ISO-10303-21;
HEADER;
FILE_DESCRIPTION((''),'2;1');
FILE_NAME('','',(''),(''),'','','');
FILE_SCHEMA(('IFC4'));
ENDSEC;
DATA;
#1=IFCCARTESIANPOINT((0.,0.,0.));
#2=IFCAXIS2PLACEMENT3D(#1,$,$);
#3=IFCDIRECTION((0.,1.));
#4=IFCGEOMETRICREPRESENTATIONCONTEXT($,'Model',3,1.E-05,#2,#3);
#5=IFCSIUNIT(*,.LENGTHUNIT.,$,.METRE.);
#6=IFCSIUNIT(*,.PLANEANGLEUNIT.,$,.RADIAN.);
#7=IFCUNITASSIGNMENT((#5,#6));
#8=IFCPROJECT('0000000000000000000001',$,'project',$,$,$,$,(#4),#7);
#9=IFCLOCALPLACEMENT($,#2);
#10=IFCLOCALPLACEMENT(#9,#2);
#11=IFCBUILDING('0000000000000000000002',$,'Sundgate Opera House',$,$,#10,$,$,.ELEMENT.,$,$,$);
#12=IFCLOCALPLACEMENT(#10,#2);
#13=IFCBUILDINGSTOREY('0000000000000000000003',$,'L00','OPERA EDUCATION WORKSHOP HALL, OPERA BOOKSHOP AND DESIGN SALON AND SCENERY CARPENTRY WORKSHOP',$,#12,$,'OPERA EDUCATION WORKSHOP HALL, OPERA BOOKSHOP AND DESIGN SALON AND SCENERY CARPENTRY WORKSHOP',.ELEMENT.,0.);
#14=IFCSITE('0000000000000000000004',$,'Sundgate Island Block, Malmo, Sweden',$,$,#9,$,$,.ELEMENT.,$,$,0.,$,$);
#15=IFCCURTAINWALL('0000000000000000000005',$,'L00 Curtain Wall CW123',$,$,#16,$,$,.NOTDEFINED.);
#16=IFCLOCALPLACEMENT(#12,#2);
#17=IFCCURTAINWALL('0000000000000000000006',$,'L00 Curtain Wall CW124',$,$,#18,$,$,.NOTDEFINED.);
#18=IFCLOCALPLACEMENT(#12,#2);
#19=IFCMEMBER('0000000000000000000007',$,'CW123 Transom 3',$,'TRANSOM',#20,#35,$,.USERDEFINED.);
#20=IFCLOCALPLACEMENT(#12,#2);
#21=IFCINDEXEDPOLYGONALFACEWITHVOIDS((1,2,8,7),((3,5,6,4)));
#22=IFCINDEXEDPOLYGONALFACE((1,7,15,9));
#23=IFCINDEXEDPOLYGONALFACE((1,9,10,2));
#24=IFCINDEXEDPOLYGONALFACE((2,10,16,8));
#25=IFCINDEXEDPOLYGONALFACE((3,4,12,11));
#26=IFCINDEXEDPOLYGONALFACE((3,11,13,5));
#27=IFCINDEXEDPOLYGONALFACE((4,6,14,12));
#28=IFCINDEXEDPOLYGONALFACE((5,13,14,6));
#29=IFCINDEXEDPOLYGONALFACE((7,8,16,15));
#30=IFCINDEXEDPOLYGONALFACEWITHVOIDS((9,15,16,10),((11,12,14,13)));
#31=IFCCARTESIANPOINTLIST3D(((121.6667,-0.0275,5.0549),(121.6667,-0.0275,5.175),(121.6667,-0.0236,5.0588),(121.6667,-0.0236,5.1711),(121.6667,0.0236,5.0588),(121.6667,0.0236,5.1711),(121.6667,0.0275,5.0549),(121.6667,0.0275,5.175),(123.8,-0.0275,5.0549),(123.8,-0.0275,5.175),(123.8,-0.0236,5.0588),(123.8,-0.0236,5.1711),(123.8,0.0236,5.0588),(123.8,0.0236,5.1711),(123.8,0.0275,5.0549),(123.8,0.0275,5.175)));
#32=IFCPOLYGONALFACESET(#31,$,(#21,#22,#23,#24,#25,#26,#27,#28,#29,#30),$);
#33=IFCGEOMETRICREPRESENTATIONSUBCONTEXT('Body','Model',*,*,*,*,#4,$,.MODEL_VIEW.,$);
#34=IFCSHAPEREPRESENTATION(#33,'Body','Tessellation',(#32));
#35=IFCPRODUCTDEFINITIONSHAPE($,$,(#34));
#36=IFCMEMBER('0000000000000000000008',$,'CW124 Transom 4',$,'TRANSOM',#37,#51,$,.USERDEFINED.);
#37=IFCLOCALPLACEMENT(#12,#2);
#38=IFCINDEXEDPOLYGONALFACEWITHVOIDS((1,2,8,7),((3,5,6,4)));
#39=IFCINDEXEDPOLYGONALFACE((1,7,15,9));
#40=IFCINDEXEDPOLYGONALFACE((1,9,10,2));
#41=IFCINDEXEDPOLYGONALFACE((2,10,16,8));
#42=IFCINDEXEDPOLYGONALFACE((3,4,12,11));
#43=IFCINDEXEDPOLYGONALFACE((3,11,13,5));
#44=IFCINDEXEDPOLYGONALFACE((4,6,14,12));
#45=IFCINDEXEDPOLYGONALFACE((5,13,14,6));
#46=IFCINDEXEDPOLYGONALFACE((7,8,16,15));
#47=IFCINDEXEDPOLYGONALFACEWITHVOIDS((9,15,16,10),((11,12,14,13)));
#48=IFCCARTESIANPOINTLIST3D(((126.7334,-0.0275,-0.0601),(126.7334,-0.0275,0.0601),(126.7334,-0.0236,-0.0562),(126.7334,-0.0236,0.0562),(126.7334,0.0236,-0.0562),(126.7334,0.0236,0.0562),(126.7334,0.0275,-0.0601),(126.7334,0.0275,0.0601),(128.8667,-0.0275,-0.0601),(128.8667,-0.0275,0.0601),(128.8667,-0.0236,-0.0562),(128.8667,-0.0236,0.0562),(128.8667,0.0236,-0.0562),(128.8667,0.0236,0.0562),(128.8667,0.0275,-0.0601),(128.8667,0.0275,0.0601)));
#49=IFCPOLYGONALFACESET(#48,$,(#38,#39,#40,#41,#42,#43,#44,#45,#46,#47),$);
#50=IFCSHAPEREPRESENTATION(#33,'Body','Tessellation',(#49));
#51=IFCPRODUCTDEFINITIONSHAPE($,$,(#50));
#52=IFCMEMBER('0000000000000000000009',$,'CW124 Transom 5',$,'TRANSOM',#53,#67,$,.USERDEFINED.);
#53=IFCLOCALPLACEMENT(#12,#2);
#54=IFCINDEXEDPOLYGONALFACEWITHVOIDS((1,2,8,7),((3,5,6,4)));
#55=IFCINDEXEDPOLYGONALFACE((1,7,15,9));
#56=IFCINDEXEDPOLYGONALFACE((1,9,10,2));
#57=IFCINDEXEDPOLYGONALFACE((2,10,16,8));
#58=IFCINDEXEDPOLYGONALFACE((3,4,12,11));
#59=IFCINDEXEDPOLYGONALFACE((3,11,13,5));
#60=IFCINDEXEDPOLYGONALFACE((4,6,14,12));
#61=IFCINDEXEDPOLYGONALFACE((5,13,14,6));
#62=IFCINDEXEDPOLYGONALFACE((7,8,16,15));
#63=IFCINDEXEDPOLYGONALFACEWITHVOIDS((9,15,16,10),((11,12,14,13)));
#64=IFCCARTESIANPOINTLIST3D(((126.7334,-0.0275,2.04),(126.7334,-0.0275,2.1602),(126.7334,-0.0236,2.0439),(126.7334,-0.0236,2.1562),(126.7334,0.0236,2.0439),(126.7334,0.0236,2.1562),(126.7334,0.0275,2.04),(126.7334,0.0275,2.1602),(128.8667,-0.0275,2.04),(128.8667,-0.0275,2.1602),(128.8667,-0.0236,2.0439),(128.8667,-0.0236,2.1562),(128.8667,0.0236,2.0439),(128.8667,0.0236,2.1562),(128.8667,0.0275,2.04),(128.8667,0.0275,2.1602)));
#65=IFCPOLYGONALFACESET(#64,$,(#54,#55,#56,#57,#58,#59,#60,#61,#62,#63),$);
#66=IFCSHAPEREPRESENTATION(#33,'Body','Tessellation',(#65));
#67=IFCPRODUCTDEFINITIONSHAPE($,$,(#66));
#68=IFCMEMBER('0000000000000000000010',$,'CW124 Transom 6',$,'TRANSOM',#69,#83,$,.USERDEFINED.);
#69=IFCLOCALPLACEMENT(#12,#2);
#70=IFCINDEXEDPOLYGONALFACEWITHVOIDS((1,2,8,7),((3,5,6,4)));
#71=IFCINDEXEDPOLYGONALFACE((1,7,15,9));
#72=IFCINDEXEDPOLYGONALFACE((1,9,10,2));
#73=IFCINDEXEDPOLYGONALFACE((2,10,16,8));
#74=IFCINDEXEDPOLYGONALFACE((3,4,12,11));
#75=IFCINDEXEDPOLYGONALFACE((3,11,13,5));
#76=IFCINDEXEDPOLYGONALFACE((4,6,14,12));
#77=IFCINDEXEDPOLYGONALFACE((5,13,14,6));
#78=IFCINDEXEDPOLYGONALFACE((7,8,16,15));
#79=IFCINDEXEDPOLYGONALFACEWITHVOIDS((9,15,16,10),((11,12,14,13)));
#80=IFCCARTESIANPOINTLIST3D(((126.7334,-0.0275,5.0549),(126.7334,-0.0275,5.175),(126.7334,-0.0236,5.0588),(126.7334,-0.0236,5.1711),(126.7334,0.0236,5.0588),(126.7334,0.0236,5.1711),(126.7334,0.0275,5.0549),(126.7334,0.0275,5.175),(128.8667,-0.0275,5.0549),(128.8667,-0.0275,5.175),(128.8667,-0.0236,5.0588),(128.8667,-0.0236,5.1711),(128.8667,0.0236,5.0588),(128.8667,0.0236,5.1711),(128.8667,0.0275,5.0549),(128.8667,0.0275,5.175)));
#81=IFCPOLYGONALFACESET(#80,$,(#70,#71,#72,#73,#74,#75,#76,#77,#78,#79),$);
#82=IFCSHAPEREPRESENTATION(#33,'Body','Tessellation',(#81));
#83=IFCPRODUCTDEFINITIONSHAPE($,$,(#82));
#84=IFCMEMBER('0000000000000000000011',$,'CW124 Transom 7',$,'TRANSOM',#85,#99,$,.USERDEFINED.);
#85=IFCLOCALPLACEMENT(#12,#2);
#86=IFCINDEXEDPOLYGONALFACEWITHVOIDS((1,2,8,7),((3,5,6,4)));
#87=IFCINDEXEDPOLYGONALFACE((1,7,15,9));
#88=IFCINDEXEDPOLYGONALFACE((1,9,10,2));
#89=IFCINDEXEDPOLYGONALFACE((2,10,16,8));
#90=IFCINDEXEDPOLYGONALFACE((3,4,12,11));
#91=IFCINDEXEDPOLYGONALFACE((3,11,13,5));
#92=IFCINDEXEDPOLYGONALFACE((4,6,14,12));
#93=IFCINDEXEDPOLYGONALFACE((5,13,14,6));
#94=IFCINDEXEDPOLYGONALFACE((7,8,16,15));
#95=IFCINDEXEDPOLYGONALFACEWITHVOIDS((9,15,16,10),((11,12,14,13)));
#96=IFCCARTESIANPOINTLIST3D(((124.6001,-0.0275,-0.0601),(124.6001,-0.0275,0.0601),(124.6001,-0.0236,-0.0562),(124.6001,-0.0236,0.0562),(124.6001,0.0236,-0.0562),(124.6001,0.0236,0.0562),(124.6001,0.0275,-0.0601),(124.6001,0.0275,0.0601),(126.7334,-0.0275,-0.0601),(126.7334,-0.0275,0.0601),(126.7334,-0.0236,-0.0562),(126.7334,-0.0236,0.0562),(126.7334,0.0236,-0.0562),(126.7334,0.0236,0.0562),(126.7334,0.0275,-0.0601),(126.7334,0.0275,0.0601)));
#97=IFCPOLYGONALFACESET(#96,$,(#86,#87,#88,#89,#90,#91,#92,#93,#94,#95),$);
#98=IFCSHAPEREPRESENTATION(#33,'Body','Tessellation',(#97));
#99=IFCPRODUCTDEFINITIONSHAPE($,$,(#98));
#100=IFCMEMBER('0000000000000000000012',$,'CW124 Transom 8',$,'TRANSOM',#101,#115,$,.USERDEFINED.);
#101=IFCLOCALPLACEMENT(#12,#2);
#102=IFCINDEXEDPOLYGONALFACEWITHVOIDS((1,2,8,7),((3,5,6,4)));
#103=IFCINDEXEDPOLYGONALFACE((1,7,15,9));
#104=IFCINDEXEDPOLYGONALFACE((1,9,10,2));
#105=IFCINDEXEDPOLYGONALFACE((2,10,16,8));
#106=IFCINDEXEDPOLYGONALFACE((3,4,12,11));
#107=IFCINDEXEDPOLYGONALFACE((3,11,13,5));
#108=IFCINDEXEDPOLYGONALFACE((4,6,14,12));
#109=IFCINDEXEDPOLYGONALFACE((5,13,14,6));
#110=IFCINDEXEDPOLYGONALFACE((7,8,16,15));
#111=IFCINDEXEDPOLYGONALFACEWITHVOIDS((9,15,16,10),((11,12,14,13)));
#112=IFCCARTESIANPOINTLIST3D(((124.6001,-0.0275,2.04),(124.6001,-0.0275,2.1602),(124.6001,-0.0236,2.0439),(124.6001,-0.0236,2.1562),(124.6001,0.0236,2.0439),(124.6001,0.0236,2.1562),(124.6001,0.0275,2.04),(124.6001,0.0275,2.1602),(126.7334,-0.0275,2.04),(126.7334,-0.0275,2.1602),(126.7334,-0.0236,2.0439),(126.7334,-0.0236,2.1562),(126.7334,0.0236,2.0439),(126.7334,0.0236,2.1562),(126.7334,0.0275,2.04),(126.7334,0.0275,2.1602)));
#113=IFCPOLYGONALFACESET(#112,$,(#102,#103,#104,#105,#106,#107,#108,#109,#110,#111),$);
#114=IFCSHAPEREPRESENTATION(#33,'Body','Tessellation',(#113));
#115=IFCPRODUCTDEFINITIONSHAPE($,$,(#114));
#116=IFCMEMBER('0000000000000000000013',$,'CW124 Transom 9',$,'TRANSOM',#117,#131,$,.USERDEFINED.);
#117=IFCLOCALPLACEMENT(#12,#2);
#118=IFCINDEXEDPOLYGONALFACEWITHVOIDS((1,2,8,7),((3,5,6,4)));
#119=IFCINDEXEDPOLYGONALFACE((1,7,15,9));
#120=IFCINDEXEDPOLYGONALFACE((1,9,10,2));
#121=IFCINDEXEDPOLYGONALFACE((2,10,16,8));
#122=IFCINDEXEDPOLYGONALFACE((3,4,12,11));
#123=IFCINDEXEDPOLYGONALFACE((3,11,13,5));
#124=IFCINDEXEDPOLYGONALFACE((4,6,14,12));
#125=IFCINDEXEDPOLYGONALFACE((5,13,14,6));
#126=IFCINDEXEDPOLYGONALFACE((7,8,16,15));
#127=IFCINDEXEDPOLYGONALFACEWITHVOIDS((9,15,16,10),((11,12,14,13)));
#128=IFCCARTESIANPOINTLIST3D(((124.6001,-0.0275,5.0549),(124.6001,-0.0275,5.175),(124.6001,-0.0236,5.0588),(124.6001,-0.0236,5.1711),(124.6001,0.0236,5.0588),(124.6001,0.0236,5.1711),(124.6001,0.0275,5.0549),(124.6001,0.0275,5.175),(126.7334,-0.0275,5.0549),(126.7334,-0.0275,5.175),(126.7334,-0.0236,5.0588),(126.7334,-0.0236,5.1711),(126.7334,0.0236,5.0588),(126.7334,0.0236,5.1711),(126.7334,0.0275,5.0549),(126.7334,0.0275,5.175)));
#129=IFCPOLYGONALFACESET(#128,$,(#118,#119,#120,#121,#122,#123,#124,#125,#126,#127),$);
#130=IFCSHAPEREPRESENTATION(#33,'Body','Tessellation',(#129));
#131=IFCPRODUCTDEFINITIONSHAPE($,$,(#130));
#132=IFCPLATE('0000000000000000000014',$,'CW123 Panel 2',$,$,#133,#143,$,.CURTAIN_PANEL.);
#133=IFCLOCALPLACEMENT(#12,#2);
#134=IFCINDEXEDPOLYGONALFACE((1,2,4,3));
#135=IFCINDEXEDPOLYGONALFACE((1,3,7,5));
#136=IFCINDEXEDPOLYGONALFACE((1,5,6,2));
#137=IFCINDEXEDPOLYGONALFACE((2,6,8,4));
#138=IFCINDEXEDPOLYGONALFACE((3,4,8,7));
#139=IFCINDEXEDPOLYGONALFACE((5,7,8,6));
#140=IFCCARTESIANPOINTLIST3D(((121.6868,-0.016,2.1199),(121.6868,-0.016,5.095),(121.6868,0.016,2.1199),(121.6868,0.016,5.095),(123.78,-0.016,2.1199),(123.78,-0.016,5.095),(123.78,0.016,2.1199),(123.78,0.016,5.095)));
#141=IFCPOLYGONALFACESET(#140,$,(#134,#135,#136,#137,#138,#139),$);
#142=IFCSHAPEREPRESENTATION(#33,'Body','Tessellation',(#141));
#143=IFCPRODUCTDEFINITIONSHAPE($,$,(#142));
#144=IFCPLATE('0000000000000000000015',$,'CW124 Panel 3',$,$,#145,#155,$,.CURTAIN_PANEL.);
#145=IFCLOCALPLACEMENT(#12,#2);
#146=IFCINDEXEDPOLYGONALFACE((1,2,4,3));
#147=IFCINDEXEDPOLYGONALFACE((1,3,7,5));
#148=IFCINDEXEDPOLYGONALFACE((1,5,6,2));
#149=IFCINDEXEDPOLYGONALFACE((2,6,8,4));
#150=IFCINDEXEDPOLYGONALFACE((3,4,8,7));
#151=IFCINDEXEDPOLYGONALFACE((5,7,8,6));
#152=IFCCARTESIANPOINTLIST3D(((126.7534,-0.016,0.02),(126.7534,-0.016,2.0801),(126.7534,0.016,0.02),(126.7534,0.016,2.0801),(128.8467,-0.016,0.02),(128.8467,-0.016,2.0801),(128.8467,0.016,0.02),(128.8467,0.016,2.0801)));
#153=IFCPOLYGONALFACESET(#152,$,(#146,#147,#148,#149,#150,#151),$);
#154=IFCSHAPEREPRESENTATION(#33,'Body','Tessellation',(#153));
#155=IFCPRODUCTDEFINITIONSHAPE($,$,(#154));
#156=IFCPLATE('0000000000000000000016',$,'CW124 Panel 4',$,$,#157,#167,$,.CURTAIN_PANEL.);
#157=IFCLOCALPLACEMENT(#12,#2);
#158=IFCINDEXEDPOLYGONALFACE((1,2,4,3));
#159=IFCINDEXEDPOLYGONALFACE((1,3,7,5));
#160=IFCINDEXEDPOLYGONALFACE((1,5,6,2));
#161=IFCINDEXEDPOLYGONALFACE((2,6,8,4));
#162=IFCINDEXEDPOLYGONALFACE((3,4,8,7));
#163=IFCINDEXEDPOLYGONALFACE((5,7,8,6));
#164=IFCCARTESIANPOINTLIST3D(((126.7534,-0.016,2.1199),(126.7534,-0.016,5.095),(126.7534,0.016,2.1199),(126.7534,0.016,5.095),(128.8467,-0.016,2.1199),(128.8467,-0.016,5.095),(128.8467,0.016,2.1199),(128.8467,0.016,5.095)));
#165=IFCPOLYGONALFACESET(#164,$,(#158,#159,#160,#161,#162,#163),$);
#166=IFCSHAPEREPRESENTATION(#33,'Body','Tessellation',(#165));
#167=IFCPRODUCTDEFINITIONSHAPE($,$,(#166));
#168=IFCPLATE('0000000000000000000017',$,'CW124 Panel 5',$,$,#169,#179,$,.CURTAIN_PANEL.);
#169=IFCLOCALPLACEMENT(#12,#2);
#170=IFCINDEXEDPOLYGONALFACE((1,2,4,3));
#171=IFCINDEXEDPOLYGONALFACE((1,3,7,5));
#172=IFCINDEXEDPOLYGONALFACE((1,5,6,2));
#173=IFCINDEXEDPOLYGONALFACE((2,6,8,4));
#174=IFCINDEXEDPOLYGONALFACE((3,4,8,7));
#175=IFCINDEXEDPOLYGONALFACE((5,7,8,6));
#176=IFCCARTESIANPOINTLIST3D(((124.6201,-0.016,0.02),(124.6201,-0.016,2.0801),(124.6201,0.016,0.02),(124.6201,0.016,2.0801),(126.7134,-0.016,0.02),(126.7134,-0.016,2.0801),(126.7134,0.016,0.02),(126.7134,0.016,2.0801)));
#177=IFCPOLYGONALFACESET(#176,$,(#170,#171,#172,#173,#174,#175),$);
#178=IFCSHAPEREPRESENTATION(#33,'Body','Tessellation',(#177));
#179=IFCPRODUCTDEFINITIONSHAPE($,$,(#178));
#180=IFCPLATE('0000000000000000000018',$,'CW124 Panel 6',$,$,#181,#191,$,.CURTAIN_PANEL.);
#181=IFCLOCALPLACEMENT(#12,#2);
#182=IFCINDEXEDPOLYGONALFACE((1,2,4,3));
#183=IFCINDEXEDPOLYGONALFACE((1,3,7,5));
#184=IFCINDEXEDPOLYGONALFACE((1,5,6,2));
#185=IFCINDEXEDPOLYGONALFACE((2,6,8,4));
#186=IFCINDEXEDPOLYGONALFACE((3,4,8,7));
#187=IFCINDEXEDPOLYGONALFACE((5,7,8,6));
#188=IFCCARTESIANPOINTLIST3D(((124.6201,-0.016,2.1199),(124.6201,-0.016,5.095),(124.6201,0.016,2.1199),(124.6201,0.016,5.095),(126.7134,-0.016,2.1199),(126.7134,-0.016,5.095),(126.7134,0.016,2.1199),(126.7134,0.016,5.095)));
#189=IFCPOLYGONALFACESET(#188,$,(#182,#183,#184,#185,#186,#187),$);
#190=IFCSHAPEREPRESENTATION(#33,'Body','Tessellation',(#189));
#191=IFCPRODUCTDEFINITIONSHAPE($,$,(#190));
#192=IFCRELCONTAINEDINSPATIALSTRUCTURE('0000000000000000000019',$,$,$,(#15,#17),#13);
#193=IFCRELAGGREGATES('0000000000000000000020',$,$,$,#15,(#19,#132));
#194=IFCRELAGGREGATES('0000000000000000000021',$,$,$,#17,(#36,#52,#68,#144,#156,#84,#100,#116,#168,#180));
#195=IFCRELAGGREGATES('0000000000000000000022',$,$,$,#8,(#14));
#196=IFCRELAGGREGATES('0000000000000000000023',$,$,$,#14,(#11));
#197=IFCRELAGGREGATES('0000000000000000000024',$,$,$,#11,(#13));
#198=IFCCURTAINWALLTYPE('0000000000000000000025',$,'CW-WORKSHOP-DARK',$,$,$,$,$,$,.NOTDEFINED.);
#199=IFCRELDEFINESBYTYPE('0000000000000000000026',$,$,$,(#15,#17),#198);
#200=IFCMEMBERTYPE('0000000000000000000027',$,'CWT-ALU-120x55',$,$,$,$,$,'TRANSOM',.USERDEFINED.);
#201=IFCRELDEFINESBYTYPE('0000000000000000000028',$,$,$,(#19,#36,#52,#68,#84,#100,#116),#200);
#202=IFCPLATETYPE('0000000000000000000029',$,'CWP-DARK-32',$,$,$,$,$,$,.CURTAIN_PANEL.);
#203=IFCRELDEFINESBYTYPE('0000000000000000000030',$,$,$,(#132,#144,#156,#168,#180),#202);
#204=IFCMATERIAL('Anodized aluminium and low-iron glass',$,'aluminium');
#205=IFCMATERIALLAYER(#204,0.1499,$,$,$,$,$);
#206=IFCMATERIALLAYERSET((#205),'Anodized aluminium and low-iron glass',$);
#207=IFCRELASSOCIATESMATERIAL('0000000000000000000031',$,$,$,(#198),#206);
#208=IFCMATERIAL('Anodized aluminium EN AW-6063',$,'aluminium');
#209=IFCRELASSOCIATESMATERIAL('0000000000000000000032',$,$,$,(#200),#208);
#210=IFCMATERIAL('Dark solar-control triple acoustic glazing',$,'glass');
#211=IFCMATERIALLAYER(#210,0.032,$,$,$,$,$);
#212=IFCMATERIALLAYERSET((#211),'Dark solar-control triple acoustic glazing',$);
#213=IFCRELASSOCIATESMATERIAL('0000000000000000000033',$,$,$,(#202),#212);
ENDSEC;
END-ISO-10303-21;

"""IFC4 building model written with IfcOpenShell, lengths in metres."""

from ifc_helpers import new_model, si_unit, direction, frame, origin, origin_2d, place, context, subcontext, project, spatial, rectangle, hollow_rectangle, extrude, material, layer, layer_set, material_profile, profile_set, type_object, element, aggregate, save


model = new_model("IFC4")

# Units and contexts
model_context = context("Model", 3, precision=1e-05, world=origin(), true_north=direction((0.0, 1.0)))
body_context = subcontext(model_context, "Body", "Model", "MODEL_VIEW")
ifc_project = project(units=[si_unit("LENGTHUNIT", "METRE"), si_unit("PLANEANGLEUNIT", "RADIAN")], contexts=[model_context])

# Site, building, storey
site_placement = place(None, origin())
site = spatial("IfcSite", under=ifc_project, at=site_placement, Name="Sundgate Island Block, Malmo, Sweden", CompositionType="ELEMENT", RefElevation=0.0)
building_placement = place(site_placement, origin())
building = spatial("IfcBuilding", under=site, at=building_placement, Name="Sundgate Opera House", CompositionType="ELEMENT")
storey_placement = place(building_placement, origin())
storey = spatial("IfcBuildingStorey", under=building, at=storey_placement, Name="L00", Description="OPERA EDUCATION WORKSHOP HALL, OPERA BOOKSHOP AND DESIGN SALON AND SCENERY CARPENTRY WORKSHOP", LongName="OPERA EDUCATION WORKSHOP HALL, OPERA BOOKSHOP AND DESIGN SALON AND SCENERY CARPENTRY WORKSHOP", CompositionType="ELEMENT", Elevation=0.0)

# Curtain wall
ifc_material_1 = material(Name="Anodized aluminium and low-iron glass", Category="aluminium")
ifc_layer_1 = layer(ifc_material_1, 0.1499)
ifc_layer_set_1 = layer_set([ifc_layer_1], Name="Anodized aluminium and low-iron glass")
curtain_wall_type = type_object("IfcCurtainWallType", Name="CW-WORKSHOP-DARK", PredefinedType="NOTDEFINED", material=ifc_layer_set_1)
curtain_wall_1_placement = place(storey_placement, origin())
curtain_wall_1 = element("IfcCurtainWall", 1, at=curtain_wall_1_placement, inside=storey, type_object=curtain_wall_type, Name="L00 Curtain Wall CW123", PredefinedType="NOTDEFINED")

# Curtain wall
curtain_wall_2_placement = place(storey_placement, origin())
curtain_wall_2 = element("IfcCurtainWall", 2, at=curtain_wall_2_placement, inside=storey, type_object=curtain_wall_type, Name="L00 Curtain Wall CW124", PredefinedType="NOTDEFINED")

# Members
ifc_material_2 = material(Name="Anodized aluminium EN AW-6063", Category="aluminium")
ifc_material_profile_1 = material_profile(ifc_material_2, hollow_rectangle(XDim=0.0549, YDim=0.1201, WallThickness=0.0039, at=origin_2d()), Name="CWT 120x55x4")
ifc_profile_set_1 = profile_set([ifc_material_profile_1], Name="Anodized aluminium EN AW-6063")
member_type_1 = type_object("IfcMemberType", Name="CWT-ALU-120x55", ElementType="TRANSOM", PredefinedType="USERDEFINED", material=ifc_profile_set_1)
member_1_placement = place(storey_placement, frame((123.8, 0.0, 5.115), z_axis=(-1.0, 0.0, 0.0), x_axis=(0.0, -1.0, 0.0)))
member_1 = element("IfcMember", 3, at=member_1_placement, type_object=member_type_1, Name="CW123 Transom 3", ObjectType="TRANSOM", PredefinedType="USERDEFINED", context=body_context, shape_type="SweptSolid", body=[
    extrude(hollow_rectangle(XDim=0.0549, YDim=0.1201, WallThickness=0.0039, at=origin_2d()), origin(), (0.0, 0.0, 1.0), 2.1333),
])
member_2_placement = place(storey_placement, frame((128.8667, 0.0, 0.0), z_axis=(-1.0, 0.0, 0.0), x_axis=(0.0, -1.0, 0.0)))
member_2 = element("IfcMember", 4, at=member_2_placement, type_object=member_type_1, Name="CW124 Transom 4", ObjectType="TRANSOM", PredefinedType="USERDEFINED", context=body_context, shape_type="SweptSolid", body=[
    extrude(hollow_rectangle(XDim=0.0549, YDim=0.1201, WallThickness=0.0039, at=origin_2d()), origin(), (0.0, 0.0, 1.0), 2.1333),
])
member_3_placement = place(storey_placement, frame((128.8667, 0.0, 2.1001), z_axis=(-1.0, 0.0, 0.0), x_axis=(0.0, -1.0, 0.0)))
member_3 = element("IfcMember", 5, at=member_3_placement, type_object=member_type_1, Name="CW124 Transom 5", ObjectType="TRANSOM", PredefinedType="USERDEFINED", context=body_context, shape_type="SweptSolid", body=[
    extrude(hollow_rectangle(XDim=0.0549, YDim=0.1201, WallThickness=0.0039, at=origin_2d()), origin(), (0.0, 0.0, 1.0), 2.1333),
])
member_4_placement = place(storey_placement, frame((128.8667, 0.0, 5.115), z_axis=(-1.0, 0.0, 0.0), x_axis=(0.0, -1.0, 0.0)))
member_4 = element("IfcMember", 6, at=member_4_placement, type_object=member_type_1, Name="CW124 Transom 6", ObjectType="TRANSOM", PredefinedType="USERDEFINED", context=body_context, shape_type="SweptSolid", body=[
    extrude(hollow_rectangle(XDim=0.0549, YDim=0.1201, WallThickness=0.0039, at=origin_2d()), origin(), (0.0, 0.0, 1.0), 2.1333),
])
member_5_placement = place(storey_placement, frame((126.7334, 0.0, 0.0), z_axis=(-1.0, 0.0, 0.0), x_axis=(0.0, -1.0, 0.0)))
member_5 = element("IfcMember", 7, at=member_5_placement, type_object=member_type_1, Name="CW124 Transom 7", ObjectType="TRANSOM", PredefinedType="USERDEFINED", context=body_context, shape_type="SweptSolid", body=[
    extrude(hollow_rectangle(XDim=0.0549, YDim=0.1201, WallThickness=0.0039, at=origin_2d()), origin(), (0.0, 0.0, 1.0), 2.1333),
])
member_6_placement = place(storey_placement, frame((126.7334, 0.0, 2.1001), z_axis=(-1.0, 0.0, 0.0), x_axis=(0.0, -1.0, 0.0)))
member_6 = element("IfcMember", 8, at=member_6_placement, type_object=member_type_1, Name="CW124 Transom 8", ObjectType="TRANSOM", PredefinedType="USERDEFINED", context=body_context, shape_type="SweptSolid", body=[
    extrude(hollow_rectangle(XDim=0.0549, YDim=0.1201, WallThickness=0.0039, at=origin_2d()), origin(), (0.0, 0.0, 1.0), 2.1333),
])
member_7_placement = place(storey_placement, frame((126.7334, 0.0, 5.115), z_axis=(-1.0, 0.0, 0.0), x_axis=(0.0, -1.0, 0.0)))
member_7 = element("IfcMember", 9, at=member_7_placement, type_object=member_type_1, Name="CW124 Transom 9", ObjectType="TRANSOM", PredefinedType="USERDEFINED", context=body_context, shape_type="SweptSolid", body=[
    extrude(hollow_rectangle(XDim=0.0549, YDim=0.1201, WallThickness=0.0039, at=origin_2d()), origin(), (0.0, 0.0, 1.0), 2.1333),
])

# Plates
ifc_material_3 = material(Name="Dark solar-control triple acoustic glazing", Category="glass")
ifc_layer_2 = layer(ifc_material_3, 0.032)
ifc_layer_set_2 = layer_set([ifc_layer_2], Name="Dark solar-control triple acoustic glazing")
plate_type_1 = type_object("IfcPlateType", Name="CWP-DARK-32", PredefinedType="CURTAIN_PANEL", material=ifc_layer_set_2)
plate_1_placement = place(storey_placement, frame((122.7334, 0.0, 2.1199), z_axis=(0.0, 0.0, 1.0), x_axis=(-1.0, 0.0, 0.0)))
plate_1 = element("IfcPlate", 10, at=plate_1_placement, type_object=plate_type_1, Name="CW123 Panel 2", PredefinedType="CURTAIN_PANEL", context=body_context, shape_type="SweptSolid", body=[
    extrude(rectangle(XDim=2.0933, YDim=0.032, at=origin_2d()), origin(), (0.0, 0.0, 1.0), 2.9751),
])
aggregate(curtain_wall_1, [member_1, plate_1])
plate_2_placement = place(storey_placement, frame((127.8, 0.0, 0.02), z_axis=(0.0, 0.0, 1.0), x_axis=(-1.0, 0.0, 0.0)))
plate_2 = element("IfcPlate", 11, at=plate_2_placement, type_object=plate_type_1, Name="CW124 Panel 3", PredefinedType="CURTAIN_PANEL", context=body_context, shape_type="SweptSolid", body=[
    extrude(rectangle(XDim=2.0933, YDim=0.032, at=origin_2d()), origin(), (0.0, 0.0, 1.0), 2.0601),
])
plate_3_placement = place(storey_placement, frame((127.8, 0.0, 2.1199), z_axis=(0.0, 0.0, 1.0), x_axis=(-1.0, 0.0, 0.0)))
plate_3 = element("IfcPlate", 12, at=plate_3_placement, type_object=plate_type_1, Name="CW124 Panel 4", PredefinedType="CURTAIN_PANEL", context=body_context, shape_type="SweptSolid", body=[
    extrude(rectangle(XDim=2.0933, YDim=0.032, at=origin_2d()), origin(), (0.0, 0.0, 1.0), 2.9751),
])
plate_4_placement = place(storey_placement, frame((125.6667, 0.0, 0.02), z_axis=(0.0, 0.0, 1.0), x_axis=(-1.0, 0.0, 0.0)))
plate_4 = element("IfcPlate", 13, at=plate_4_placement, type_object=plate_type_1, Name="CW124 Panel 5", PredefinedType="CURTAIN_PANEL", context=body_context, shape_type="SweptSolid", body=[
    extrude(rectangle(XDim=2.0933, YDim=0.032, at=origin_2d()), origin(), (0.0, 0.0, 1.0), 2.0601),
])
plate_5_placement = place(storey_placement, frame((125.6667, 0.0, 2.1199), z_axis=(0.0, 0.0, 1.0), x_axis=(-1.0, 0.0, 0.0)))
plate_5 = element("IfcPlate", 14, at=plate_5_placement, type_object=plate_type_1, Name="CW124 Panel 6", PredefinedType="CURTAIN_PANEL", context=body_context, shape_type="SweptSolid", body=[
    extrude(rectangle(XDim=2.0933, YDim=0.032, at=origin_2d()), origin(), (0.0, 0.0, 1.0), 2.9751),
])
aggregate(curtain_wall_2, [member_2, member_3, member_4, plate_2, plate_3, member_5, member_6, member_7, plate_4, plate_5])

save(model, "model.ifc")
